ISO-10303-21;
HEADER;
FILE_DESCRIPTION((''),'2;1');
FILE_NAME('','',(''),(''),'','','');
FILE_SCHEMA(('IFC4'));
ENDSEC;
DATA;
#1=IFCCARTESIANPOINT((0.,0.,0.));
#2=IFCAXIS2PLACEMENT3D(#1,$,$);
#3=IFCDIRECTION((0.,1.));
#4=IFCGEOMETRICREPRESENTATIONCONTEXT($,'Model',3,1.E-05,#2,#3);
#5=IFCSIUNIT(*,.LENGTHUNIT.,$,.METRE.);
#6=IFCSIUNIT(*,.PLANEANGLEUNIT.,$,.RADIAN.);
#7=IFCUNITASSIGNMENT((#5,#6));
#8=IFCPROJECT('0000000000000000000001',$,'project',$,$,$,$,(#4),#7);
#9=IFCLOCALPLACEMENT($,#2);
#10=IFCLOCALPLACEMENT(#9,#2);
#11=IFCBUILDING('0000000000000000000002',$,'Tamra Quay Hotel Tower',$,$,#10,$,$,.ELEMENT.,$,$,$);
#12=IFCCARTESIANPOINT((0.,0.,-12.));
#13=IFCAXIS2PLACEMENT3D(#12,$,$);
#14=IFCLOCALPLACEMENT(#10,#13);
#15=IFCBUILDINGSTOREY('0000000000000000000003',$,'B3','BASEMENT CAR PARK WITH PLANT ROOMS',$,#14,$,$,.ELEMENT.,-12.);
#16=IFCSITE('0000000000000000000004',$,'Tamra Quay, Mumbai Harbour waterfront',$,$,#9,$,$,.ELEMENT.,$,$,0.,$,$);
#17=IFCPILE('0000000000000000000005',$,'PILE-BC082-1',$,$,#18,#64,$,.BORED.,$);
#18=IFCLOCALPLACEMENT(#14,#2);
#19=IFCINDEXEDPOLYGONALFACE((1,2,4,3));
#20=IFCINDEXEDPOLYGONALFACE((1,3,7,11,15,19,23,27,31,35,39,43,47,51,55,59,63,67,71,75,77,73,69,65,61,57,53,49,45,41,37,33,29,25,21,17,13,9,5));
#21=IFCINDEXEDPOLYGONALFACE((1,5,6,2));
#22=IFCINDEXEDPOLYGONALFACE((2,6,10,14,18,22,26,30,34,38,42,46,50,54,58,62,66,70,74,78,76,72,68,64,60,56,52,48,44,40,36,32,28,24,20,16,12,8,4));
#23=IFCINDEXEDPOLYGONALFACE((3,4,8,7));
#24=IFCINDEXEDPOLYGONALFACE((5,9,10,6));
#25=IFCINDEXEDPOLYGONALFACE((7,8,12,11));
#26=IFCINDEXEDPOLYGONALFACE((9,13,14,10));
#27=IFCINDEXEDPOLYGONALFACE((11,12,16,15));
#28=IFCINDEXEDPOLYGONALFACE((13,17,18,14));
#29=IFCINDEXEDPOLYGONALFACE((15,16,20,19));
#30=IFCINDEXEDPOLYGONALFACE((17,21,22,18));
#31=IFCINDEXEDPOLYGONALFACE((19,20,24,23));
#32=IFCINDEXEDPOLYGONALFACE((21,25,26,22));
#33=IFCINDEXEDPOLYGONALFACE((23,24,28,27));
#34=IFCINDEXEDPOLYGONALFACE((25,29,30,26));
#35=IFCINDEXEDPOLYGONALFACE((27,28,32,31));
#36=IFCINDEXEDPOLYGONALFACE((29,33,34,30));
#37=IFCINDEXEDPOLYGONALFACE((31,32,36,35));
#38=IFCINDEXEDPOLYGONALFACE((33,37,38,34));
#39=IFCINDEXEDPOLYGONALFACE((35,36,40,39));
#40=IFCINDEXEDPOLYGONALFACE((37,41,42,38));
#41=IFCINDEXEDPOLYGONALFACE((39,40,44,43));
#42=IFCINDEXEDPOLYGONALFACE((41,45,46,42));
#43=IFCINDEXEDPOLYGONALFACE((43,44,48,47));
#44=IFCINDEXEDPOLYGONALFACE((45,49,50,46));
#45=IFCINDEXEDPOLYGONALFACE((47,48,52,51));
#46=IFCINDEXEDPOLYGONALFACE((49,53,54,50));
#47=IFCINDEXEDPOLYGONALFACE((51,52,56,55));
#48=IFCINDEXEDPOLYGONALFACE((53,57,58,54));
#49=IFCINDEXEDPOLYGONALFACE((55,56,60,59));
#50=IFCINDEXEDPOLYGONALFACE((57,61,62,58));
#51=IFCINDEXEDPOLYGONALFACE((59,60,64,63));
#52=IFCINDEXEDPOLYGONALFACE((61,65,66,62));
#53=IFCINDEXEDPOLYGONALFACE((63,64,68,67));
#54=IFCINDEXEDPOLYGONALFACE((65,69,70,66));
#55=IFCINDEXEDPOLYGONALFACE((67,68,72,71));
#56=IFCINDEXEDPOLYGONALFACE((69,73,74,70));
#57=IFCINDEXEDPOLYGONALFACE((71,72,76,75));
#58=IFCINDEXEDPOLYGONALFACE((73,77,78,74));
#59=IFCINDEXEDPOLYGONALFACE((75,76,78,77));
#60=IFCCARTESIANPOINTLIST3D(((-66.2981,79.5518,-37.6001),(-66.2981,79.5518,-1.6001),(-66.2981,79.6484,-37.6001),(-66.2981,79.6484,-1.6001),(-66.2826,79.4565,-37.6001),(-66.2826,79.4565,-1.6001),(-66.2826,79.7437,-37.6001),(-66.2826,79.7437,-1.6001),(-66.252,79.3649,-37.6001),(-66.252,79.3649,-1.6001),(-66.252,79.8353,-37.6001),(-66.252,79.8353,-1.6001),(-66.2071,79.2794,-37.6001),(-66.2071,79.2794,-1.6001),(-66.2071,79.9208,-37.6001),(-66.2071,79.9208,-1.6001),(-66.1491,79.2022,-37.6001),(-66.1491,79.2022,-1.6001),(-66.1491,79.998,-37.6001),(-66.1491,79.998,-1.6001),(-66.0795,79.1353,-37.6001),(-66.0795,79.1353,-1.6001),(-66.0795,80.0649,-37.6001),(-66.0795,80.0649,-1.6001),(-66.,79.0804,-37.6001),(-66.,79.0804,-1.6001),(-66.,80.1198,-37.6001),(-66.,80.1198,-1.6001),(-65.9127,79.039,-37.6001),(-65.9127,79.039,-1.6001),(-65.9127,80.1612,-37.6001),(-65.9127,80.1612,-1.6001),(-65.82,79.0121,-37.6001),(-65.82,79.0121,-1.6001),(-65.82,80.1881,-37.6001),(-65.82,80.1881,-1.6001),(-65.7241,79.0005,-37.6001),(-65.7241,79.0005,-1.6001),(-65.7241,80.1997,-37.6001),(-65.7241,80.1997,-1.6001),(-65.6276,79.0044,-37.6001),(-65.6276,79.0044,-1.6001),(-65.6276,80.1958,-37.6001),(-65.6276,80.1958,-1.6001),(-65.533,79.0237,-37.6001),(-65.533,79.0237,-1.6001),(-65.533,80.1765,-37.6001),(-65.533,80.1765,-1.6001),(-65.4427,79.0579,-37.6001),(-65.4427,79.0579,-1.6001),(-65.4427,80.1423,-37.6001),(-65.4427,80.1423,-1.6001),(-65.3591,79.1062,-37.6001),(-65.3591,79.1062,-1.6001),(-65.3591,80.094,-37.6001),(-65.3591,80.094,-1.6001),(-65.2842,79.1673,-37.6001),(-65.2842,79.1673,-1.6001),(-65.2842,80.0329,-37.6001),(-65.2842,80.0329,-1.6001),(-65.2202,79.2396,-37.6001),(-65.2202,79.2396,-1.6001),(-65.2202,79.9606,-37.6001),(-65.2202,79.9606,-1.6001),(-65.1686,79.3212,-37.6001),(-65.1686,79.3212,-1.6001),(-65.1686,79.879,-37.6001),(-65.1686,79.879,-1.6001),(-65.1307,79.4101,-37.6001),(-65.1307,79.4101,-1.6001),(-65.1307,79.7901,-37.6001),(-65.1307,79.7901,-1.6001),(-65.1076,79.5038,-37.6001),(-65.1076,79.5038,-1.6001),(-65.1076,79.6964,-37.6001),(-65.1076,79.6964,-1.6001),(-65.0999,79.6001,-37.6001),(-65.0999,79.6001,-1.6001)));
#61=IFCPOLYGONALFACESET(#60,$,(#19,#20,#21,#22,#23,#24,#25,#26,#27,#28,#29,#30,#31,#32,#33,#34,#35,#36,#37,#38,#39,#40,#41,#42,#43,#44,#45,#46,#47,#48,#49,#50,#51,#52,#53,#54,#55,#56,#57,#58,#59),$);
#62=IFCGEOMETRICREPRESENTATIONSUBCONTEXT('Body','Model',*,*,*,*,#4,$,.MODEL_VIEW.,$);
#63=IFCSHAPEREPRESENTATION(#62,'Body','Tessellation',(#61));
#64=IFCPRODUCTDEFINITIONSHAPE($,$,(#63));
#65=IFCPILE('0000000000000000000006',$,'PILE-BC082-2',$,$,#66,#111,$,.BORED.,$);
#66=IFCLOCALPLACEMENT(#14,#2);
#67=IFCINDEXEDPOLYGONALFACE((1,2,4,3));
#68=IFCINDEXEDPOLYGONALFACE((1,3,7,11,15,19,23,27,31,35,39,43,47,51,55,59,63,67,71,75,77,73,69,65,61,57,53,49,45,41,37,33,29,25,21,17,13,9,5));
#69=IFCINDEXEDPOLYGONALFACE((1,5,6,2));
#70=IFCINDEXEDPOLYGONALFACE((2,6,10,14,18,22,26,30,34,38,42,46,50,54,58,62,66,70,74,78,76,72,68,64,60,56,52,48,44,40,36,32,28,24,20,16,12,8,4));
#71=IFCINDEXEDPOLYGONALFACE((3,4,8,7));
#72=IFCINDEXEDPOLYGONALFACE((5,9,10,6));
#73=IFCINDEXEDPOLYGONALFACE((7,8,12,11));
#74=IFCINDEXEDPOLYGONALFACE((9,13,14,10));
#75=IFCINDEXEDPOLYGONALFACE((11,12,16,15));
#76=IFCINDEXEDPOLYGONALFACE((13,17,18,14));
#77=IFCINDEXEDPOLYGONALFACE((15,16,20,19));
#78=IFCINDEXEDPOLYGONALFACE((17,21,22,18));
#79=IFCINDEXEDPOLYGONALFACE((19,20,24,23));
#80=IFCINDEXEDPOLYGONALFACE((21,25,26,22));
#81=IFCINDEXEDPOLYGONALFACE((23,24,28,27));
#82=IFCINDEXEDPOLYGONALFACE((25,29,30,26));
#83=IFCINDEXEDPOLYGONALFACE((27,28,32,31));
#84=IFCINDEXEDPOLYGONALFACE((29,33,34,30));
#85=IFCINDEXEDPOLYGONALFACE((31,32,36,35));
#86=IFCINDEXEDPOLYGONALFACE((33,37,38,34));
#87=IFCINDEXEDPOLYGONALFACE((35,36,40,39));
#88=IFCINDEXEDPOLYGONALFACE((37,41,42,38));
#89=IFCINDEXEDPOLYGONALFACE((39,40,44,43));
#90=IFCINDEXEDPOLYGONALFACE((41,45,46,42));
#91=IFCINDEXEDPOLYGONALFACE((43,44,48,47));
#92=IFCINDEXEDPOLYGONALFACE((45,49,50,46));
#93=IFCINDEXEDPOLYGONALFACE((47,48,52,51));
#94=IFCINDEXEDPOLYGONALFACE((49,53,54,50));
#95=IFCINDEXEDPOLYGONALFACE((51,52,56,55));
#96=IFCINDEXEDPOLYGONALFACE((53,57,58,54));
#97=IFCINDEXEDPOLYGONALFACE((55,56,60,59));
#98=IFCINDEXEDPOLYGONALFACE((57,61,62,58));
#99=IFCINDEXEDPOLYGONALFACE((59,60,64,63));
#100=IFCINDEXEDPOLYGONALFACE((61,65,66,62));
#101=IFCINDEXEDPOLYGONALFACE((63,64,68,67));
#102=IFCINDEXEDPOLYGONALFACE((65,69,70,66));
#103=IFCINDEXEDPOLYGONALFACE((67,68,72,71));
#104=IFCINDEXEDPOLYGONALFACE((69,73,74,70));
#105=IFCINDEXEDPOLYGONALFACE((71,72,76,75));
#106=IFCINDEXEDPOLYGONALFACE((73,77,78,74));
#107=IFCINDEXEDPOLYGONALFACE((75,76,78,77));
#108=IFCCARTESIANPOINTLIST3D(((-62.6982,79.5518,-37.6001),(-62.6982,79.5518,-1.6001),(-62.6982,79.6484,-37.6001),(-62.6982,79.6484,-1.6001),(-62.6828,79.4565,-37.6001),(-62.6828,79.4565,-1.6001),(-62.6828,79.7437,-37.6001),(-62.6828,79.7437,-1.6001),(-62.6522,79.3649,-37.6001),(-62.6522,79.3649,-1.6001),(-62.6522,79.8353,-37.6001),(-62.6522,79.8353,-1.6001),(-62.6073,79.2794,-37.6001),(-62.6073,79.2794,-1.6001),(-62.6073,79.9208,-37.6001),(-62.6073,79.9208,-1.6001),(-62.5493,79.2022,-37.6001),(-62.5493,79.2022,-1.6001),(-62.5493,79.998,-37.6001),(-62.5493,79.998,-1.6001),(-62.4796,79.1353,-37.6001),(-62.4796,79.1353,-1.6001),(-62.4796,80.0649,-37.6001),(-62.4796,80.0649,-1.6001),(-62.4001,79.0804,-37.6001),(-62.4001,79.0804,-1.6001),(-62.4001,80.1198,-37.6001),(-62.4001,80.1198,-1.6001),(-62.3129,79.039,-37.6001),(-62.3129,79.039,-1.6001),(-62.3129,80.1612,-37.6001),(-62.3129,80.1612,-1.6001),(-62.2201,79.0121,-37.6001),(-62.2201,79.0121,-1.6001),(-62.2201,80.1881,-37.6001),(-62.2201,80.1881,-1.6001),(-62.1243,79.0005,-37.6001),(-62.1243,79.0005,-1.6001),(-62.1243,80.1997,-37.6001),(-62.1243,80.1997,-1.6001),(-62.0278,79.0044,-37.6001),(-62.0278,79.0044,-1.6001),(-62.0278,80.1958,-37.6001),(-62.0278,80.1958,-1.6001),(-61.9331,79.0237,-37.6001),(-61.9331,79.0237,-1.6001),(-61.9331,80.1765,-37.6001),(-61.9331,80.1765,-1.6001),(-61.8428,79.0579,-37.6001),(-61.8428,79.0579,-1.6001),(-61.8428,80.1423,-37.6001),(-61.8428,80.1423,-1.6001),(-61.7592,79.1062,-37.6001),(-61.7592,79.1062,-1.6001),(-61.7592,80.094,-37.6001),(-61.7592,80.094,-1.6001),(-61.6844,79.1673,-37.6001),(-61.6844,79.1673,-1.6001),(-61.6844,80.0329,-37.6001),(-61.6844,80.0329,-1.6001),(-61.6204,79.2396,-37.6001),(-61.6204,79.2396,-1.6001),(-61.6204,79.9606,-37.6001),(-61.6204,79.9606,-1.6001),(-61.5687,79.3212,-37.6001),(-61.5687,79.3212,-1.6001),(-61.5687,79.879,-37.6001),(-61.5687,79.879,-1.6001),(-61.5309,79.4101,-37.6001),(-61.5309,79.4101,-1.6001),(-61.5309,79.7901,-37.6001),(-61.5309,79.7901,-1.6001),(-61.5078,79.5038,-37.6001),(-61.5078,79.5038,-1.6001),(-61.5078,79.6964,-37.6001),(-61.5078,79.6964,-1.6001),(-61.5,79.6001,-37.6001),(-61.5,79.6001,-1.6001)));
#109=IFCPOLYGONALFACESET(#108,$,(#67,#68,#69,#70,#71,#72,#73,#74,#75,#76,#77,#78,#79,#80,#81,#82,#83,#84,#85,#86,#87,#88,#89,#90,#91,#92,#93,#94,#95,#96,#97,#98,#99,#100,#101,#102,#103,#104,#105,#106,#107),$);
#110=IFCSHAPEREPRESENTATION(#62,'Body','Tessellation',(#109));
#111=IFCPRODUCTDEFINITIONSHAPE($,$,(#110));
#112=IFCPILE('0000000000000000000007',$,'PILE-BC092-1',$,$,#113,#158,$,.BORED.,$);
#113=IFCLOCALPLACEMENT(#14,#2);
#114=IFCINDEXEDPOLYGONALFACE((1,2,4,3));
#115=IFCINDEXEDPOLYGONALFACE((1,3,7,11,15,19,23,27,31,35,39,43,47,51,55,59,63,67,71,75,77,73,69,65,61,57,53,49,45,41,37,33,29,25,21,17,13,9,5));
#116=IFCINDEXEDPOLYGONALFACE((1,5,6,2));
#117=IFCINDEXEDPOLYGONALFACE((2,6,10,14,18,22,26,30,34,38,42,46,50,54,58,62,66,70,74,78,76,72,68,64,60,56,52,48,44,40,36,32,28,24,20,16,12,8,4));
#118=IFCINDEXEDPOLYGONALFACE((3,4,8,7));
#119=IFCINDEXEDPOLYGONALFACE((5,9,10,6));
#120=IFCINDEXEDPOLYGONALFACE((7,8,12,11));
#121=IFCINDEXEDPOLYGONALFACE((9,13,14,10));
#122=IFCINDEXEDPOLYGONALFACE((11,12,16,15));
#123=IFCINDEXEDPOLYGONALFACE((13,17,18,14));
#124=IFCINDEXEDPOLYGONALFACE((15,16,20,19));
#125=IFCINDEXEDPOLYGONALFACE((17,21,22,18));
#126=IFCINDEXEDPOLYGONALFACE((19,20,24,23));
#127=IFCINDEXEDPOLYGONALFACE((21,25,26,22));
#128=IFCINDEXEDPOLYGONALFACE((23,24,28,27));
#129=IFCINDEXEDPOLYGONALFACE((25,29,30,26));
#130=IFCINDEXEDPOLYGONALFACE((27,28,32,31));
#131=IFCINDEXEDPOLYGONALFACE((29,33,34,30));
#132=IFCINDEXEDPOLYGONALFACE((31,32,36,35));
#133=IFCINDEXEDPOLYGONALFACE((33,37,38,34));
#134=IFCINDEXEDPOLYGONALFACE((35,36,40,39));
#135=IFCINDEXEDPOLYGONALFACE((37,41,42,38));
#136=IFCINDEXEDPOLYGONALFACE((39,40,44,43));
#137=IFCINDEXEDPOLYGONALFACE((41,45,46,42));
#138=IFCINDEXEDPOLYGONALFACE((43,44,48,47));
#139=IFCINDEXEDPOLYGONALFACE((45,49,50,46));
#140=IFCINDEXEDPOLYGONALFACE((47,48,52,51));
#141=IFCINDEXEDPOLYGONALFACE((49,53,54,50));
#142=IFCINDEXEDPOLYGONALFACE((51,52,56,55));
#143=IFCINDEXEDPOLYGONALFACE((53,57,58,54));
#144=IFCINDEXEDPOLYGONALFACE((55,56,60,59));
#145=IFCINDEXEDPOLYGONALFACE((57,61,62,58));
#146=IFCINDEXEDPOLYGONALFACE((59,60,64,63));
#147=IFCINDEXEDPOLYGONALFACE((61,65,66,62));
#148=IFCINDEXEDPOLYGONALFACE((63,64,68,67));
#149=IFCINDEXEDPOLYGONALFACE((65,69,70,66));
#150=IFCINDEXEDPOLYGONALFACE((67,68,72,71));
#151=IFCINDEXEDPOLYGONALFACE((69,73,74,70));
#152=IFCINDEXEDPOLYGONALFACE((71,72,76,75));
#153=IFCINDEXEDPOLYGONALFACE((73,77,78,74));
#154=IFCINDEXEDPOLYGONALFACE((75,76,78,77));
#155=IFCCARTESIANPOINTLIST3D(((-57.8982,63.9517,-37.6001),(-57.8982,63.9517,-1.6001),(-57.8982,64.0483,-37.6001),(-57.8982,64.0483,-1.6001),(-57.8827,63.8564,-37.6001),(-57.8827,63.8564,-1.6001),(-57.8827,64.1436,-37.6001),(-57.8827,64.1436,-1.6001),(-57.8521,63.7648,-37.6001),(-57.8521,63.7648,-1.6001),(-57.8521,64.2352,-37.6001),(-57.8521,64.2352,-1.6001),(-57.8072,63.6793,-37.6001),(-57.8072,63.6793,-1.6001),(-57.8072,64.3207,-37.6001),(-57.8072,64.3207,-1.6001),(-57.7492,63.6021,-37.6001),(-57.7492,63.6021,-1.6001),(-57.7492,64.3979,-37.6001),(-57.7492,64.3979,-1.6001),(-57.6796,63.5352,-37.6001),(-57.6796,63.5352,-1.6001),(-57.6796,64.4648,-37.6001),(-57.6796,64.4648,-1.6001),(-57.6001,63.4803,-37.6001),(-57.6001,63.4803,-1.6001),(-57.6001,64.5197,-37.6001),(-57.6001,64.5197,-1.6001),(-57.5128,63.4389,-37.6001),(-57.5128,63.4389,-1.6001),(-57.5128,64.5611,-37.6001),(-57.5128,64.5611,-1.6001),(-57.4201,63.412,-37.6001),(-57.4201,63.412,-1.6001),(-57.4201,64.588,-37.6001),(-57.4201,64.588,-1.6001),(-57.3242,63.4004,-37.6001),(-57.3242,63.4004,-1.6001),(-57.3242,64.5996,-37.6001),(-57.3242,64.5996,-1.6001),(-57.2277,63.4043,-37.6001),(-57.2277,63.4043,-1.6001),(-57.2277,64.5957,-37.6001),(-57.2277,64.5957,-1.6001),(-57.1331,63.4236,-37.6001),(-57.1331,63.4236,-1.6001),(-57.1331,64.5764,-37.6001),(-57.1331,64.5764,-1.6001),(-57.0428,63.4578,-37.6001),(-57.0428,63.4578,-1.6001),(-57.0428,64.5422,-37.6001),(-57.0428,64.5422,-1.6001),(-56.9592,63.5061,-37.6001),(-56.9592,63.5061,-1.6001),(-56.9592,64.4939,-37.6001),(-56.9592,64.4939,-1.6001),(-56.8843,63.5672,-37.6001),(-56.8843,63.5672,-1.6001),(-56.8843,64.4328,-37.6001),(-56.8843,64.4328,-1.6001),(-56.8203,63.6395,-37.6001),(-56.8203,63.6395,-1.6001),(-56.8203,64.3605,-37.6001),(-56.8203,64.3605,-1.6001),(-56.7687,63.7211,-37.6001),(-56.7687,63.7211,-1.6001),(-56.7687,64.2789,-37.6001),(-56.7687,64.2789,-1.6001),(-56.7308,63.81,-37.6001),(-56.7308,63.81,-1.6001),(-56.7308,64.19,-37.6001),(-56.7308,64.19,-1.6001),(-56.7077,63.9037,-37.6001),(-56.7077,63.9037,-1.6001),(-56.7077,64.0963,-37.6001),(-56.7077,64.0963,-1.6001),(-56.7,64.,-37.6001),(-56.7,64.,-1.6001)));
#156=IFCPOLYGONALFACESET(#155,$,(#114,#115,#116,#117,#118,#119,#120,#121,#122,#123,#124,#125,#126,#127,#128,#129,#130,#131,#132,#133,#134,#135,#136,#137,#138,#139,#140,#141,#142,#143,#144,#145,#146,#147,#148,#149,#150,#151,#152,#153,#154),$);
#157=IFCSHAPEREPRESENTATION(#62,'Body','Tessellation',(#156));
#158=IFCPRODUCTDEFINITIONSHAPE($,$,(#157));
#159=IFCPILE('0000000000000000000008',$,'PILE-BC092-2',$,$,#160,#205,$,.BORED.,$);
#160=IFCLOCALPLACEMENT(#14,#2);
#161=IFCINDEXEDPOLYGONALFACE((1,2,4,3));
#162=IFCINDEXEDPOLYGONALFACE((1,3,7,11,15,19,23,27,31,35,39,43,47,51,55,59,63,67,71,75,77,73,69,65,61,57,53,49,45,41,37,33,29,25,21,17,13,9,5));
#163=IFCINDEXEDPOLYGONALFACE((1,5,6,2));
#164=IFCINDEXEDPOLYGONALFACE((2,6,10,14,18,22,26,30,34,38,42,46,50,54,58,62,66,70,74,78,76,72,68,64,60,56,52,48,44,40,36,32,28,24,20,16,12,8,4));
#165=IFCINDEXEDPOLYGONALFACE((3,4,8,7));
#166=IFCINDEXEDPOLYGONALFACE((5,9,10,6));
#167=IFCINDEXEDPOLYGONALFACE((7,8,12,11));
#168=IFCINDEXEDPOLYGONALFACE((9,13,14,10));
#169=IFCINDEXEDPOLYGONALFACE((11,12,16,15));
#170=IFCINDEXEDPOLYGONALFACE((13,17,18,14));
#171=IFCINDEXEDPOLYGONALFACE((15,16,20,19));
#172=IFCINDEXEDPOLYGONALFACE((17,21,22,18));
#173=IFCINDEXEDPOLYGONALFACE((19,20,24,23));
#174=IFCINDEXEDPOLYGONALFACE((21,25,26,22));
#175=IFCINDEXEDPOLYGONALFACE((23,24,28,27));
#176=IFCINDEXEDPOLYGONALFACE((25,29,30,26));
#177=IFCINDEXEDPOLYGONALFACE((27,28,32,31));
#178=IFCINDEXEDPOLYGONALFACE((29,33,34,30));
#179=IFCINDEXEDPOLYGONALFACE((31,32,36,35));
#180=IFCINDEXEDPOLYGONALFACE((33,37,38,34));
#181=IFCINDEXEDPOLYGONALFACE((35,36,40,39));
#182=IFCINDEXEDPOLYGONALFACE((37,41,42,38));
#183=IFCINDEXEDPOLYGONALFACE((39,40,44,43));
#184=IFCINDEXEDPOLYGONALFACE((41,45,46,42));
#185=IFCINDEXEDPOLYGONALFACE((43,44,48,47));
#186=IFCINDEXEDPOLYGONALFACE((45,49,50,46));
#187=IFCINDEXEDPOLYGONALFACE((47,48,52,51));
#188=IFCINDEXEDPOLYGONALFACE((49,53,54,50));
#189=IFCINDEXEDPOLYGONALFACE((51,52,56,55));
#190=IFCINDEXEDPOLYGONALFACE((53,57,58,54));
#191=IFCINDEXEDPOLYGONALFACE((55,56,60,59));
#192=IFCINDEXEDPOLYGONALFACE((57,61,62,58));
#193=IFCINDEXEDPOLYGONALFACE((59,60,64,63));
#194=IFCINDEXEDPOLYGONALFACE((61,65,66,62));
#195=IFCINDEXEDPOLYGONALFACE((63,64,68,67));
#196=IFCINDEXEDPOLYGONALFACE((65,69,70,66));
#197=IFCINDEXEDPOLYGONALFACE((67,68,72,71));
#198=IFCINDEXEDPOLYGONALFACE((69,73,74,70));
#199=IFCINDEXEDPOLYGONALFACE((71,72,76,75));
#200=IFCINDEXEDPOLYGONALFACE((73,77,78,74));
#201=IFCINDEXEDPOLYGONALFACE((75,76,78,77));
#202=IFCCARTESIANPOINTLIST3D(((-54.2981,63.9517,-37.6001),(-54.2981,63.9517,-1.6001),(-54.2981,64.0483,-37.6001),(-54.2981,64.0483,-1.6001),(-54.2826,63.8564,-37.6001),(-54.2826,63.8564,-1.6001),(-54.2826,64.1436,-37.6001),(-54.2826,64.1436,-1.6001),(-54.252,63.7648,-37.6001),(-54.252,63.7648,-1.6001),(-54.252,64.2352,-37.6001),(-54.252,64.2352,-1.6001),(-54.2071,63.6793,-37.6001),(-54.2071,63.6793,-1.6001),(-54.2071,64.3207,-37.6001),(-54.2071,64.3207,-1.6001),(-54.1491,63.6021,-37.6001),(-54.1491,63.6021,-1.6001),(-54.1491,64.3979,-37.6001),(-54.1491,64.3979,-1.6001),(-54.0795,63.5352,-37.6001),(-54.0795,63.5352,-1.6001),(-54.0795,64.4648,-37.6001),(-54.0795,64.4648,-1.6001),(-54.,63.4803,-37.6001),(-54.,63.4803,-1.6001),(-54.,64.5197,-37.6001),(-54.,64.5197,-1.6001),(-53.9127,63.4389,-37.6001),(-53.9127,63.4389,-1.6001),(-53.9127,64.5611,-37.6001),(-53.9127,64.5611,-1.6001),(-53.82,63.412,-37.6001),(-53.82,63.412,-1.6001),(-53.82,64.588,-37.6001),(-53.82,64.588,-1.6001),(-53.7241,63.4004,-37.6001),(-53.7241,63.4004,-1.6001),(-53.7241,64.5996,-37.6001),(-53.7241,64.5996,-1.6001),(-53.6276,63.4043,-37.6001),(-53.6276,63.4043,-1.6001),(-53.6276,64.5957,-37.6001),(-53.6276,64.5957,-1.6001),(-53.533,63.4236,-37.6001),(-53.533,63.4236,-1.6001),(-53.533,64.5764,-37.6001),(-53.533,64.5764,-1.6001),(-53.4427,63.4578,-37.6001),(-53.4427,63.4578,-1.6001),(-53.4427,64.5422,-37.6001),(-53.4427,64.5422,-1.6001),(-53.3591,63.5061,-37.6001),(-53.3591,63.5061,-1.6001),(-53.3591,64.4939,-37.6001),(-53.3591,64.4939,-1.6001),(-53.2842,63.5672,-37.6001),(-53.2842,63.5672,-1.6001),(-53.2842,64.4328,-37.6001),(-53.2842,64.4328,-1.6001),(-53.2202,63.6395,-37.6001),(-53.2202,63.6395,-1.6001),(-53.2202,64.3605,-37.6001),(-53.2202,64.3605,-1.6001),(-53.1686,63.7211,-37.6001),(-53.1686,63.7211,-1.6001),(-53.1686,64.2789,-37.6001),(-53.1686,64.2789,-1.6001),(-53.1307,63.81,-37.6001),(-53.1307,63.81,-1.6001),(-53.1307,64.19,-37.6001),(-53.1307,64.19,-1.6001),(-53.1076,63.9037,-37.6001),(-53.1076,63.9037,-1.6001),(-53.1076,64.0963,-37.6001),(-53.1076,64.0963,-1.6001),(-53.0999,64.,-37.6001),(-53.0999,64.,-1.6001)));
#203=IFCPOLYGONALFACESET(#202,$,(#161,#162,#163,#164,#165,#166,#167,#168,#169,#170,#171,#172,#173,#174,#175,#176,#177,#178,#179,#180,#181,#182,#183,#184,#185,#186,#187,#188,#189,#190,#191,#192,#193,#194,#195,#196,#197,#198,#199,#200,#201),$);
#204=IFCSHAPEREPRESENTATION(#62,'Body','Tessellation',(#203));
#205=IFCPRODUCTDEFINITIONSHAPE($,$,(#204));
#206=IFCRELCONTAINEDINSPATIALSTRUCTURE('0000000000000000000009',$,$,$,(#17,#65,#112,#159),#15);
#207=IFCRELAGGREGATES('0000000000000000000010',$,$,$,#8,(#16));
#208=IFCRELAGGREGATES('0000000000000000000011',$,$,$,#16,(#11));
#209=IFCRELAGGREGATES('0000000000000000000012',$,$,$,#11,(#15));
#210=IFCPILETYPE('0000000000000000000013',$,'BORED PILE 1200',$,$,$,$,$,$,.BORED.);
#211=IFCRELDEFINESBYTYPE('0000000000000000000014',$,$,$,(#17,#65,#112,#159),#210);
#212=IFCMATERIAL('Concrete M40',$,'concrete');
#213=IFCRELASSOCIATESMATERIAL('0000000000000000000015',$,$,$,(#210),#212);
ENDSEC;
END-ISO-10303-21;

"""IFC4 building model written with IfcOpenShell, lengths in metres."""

from ifc_helpers import new_model, si_unit, direction, frame, origin, origin_2d, place, context, subcontext, project, spatial, circle, extrude, material, material_profile, profile_set, type_object, element, save


model = new_model("IFC4")

# Units and contexts
model_context = context("Model", 3, precision=1e-05, world=origin(), true_north=direction((0.0, 1.0)))
body_context = subcontext(model_context, "Body", "Model", "MODEL_VIEW")
ifc_project = project(units=[si_unit("LENGTHUNIT", "METRE"), si_unit("PLANEANGLEUNIT", "RADIAN")], contexts=[model_context])

# Site, building, storey
site_placement = place(None, origin())
site = spatial("IfcSite", under=ifc_project, at=site_placement, Name="Tamra Quay, Mumbai Harbour waterfront", CompositionType="ELEMENT", RefElevation=0.0)
building_placement = place(site_placement, origin())
building = spatial("IfcBuilding", under=site, at=building_placement, Name="Tamra Quay Hotel Tower", CompositionType="ELEMENT")
storey_placement = place(building_placement, frame((0.0, 0.0, -12.0)))
storey = spatial("IfcBuildingStorey", under=building, at=storey_placement, Name="B3", Description="BASEMENT CAR PARK WITH PLANT ROOMS", CompositionType="ELEMENT", Elevation=-12.0)

# Piles
ifc_material_1 = material(Name="Concrete M40", Category="concrete")
ifc_material_profile_1 = material_profile(ifc_material_1, circle(Radius=0.6001, at=origin_2d()), Name="BORED PILE 1200")
ifc_profile_set_1 = profile_set([ifc_material_profile_1], Name="Concrete M40")
pile_type = type_object("IfcPileType", Name="BORED PILE 1200", PredefinedType="BORED", material=ifc_profile_set_1)
for number, where, z_axis, x_axis, name in (
    (1, (-65.7, 79.6001, -1.6001), (0.0, 0.0, -1.0), (1.0, 0.0, 0.0), "PILE-BC082-1"),
    (2, (-62.1001, 79.6001, -1.6001), (0.0, 0.0, -1.0), (1.0, 0.0, 0.0), "PILE-BC082-2"),
    (3, (-57.3, 64.0, -1.6001), (0.0, 0.0, -1.0), (1.0, 0.0, 0.0), "PILE-BC092-1"),
    (4, (-53.7, 64.0, -1.6001), (0.0, 0.0, -1.0), (1.0, 0.0, 0.0), "PILE-BC092-2"),
):
    element("IfcPile", number, at=place(storey_placement, frame(where, z_axis=z_axis, x_axis=x_axis)), inside=storey, type_object=pile_type, Name=name, PredefinedType="BORED", context=body_context, shape_type="SweptSolid", body=[
        extrude(circle(Radius=0.6001, at=origin_2d()), origin(), (0.0, 0.0, 1.0), 36.0),
    ])

save(model, "model.ifc")
